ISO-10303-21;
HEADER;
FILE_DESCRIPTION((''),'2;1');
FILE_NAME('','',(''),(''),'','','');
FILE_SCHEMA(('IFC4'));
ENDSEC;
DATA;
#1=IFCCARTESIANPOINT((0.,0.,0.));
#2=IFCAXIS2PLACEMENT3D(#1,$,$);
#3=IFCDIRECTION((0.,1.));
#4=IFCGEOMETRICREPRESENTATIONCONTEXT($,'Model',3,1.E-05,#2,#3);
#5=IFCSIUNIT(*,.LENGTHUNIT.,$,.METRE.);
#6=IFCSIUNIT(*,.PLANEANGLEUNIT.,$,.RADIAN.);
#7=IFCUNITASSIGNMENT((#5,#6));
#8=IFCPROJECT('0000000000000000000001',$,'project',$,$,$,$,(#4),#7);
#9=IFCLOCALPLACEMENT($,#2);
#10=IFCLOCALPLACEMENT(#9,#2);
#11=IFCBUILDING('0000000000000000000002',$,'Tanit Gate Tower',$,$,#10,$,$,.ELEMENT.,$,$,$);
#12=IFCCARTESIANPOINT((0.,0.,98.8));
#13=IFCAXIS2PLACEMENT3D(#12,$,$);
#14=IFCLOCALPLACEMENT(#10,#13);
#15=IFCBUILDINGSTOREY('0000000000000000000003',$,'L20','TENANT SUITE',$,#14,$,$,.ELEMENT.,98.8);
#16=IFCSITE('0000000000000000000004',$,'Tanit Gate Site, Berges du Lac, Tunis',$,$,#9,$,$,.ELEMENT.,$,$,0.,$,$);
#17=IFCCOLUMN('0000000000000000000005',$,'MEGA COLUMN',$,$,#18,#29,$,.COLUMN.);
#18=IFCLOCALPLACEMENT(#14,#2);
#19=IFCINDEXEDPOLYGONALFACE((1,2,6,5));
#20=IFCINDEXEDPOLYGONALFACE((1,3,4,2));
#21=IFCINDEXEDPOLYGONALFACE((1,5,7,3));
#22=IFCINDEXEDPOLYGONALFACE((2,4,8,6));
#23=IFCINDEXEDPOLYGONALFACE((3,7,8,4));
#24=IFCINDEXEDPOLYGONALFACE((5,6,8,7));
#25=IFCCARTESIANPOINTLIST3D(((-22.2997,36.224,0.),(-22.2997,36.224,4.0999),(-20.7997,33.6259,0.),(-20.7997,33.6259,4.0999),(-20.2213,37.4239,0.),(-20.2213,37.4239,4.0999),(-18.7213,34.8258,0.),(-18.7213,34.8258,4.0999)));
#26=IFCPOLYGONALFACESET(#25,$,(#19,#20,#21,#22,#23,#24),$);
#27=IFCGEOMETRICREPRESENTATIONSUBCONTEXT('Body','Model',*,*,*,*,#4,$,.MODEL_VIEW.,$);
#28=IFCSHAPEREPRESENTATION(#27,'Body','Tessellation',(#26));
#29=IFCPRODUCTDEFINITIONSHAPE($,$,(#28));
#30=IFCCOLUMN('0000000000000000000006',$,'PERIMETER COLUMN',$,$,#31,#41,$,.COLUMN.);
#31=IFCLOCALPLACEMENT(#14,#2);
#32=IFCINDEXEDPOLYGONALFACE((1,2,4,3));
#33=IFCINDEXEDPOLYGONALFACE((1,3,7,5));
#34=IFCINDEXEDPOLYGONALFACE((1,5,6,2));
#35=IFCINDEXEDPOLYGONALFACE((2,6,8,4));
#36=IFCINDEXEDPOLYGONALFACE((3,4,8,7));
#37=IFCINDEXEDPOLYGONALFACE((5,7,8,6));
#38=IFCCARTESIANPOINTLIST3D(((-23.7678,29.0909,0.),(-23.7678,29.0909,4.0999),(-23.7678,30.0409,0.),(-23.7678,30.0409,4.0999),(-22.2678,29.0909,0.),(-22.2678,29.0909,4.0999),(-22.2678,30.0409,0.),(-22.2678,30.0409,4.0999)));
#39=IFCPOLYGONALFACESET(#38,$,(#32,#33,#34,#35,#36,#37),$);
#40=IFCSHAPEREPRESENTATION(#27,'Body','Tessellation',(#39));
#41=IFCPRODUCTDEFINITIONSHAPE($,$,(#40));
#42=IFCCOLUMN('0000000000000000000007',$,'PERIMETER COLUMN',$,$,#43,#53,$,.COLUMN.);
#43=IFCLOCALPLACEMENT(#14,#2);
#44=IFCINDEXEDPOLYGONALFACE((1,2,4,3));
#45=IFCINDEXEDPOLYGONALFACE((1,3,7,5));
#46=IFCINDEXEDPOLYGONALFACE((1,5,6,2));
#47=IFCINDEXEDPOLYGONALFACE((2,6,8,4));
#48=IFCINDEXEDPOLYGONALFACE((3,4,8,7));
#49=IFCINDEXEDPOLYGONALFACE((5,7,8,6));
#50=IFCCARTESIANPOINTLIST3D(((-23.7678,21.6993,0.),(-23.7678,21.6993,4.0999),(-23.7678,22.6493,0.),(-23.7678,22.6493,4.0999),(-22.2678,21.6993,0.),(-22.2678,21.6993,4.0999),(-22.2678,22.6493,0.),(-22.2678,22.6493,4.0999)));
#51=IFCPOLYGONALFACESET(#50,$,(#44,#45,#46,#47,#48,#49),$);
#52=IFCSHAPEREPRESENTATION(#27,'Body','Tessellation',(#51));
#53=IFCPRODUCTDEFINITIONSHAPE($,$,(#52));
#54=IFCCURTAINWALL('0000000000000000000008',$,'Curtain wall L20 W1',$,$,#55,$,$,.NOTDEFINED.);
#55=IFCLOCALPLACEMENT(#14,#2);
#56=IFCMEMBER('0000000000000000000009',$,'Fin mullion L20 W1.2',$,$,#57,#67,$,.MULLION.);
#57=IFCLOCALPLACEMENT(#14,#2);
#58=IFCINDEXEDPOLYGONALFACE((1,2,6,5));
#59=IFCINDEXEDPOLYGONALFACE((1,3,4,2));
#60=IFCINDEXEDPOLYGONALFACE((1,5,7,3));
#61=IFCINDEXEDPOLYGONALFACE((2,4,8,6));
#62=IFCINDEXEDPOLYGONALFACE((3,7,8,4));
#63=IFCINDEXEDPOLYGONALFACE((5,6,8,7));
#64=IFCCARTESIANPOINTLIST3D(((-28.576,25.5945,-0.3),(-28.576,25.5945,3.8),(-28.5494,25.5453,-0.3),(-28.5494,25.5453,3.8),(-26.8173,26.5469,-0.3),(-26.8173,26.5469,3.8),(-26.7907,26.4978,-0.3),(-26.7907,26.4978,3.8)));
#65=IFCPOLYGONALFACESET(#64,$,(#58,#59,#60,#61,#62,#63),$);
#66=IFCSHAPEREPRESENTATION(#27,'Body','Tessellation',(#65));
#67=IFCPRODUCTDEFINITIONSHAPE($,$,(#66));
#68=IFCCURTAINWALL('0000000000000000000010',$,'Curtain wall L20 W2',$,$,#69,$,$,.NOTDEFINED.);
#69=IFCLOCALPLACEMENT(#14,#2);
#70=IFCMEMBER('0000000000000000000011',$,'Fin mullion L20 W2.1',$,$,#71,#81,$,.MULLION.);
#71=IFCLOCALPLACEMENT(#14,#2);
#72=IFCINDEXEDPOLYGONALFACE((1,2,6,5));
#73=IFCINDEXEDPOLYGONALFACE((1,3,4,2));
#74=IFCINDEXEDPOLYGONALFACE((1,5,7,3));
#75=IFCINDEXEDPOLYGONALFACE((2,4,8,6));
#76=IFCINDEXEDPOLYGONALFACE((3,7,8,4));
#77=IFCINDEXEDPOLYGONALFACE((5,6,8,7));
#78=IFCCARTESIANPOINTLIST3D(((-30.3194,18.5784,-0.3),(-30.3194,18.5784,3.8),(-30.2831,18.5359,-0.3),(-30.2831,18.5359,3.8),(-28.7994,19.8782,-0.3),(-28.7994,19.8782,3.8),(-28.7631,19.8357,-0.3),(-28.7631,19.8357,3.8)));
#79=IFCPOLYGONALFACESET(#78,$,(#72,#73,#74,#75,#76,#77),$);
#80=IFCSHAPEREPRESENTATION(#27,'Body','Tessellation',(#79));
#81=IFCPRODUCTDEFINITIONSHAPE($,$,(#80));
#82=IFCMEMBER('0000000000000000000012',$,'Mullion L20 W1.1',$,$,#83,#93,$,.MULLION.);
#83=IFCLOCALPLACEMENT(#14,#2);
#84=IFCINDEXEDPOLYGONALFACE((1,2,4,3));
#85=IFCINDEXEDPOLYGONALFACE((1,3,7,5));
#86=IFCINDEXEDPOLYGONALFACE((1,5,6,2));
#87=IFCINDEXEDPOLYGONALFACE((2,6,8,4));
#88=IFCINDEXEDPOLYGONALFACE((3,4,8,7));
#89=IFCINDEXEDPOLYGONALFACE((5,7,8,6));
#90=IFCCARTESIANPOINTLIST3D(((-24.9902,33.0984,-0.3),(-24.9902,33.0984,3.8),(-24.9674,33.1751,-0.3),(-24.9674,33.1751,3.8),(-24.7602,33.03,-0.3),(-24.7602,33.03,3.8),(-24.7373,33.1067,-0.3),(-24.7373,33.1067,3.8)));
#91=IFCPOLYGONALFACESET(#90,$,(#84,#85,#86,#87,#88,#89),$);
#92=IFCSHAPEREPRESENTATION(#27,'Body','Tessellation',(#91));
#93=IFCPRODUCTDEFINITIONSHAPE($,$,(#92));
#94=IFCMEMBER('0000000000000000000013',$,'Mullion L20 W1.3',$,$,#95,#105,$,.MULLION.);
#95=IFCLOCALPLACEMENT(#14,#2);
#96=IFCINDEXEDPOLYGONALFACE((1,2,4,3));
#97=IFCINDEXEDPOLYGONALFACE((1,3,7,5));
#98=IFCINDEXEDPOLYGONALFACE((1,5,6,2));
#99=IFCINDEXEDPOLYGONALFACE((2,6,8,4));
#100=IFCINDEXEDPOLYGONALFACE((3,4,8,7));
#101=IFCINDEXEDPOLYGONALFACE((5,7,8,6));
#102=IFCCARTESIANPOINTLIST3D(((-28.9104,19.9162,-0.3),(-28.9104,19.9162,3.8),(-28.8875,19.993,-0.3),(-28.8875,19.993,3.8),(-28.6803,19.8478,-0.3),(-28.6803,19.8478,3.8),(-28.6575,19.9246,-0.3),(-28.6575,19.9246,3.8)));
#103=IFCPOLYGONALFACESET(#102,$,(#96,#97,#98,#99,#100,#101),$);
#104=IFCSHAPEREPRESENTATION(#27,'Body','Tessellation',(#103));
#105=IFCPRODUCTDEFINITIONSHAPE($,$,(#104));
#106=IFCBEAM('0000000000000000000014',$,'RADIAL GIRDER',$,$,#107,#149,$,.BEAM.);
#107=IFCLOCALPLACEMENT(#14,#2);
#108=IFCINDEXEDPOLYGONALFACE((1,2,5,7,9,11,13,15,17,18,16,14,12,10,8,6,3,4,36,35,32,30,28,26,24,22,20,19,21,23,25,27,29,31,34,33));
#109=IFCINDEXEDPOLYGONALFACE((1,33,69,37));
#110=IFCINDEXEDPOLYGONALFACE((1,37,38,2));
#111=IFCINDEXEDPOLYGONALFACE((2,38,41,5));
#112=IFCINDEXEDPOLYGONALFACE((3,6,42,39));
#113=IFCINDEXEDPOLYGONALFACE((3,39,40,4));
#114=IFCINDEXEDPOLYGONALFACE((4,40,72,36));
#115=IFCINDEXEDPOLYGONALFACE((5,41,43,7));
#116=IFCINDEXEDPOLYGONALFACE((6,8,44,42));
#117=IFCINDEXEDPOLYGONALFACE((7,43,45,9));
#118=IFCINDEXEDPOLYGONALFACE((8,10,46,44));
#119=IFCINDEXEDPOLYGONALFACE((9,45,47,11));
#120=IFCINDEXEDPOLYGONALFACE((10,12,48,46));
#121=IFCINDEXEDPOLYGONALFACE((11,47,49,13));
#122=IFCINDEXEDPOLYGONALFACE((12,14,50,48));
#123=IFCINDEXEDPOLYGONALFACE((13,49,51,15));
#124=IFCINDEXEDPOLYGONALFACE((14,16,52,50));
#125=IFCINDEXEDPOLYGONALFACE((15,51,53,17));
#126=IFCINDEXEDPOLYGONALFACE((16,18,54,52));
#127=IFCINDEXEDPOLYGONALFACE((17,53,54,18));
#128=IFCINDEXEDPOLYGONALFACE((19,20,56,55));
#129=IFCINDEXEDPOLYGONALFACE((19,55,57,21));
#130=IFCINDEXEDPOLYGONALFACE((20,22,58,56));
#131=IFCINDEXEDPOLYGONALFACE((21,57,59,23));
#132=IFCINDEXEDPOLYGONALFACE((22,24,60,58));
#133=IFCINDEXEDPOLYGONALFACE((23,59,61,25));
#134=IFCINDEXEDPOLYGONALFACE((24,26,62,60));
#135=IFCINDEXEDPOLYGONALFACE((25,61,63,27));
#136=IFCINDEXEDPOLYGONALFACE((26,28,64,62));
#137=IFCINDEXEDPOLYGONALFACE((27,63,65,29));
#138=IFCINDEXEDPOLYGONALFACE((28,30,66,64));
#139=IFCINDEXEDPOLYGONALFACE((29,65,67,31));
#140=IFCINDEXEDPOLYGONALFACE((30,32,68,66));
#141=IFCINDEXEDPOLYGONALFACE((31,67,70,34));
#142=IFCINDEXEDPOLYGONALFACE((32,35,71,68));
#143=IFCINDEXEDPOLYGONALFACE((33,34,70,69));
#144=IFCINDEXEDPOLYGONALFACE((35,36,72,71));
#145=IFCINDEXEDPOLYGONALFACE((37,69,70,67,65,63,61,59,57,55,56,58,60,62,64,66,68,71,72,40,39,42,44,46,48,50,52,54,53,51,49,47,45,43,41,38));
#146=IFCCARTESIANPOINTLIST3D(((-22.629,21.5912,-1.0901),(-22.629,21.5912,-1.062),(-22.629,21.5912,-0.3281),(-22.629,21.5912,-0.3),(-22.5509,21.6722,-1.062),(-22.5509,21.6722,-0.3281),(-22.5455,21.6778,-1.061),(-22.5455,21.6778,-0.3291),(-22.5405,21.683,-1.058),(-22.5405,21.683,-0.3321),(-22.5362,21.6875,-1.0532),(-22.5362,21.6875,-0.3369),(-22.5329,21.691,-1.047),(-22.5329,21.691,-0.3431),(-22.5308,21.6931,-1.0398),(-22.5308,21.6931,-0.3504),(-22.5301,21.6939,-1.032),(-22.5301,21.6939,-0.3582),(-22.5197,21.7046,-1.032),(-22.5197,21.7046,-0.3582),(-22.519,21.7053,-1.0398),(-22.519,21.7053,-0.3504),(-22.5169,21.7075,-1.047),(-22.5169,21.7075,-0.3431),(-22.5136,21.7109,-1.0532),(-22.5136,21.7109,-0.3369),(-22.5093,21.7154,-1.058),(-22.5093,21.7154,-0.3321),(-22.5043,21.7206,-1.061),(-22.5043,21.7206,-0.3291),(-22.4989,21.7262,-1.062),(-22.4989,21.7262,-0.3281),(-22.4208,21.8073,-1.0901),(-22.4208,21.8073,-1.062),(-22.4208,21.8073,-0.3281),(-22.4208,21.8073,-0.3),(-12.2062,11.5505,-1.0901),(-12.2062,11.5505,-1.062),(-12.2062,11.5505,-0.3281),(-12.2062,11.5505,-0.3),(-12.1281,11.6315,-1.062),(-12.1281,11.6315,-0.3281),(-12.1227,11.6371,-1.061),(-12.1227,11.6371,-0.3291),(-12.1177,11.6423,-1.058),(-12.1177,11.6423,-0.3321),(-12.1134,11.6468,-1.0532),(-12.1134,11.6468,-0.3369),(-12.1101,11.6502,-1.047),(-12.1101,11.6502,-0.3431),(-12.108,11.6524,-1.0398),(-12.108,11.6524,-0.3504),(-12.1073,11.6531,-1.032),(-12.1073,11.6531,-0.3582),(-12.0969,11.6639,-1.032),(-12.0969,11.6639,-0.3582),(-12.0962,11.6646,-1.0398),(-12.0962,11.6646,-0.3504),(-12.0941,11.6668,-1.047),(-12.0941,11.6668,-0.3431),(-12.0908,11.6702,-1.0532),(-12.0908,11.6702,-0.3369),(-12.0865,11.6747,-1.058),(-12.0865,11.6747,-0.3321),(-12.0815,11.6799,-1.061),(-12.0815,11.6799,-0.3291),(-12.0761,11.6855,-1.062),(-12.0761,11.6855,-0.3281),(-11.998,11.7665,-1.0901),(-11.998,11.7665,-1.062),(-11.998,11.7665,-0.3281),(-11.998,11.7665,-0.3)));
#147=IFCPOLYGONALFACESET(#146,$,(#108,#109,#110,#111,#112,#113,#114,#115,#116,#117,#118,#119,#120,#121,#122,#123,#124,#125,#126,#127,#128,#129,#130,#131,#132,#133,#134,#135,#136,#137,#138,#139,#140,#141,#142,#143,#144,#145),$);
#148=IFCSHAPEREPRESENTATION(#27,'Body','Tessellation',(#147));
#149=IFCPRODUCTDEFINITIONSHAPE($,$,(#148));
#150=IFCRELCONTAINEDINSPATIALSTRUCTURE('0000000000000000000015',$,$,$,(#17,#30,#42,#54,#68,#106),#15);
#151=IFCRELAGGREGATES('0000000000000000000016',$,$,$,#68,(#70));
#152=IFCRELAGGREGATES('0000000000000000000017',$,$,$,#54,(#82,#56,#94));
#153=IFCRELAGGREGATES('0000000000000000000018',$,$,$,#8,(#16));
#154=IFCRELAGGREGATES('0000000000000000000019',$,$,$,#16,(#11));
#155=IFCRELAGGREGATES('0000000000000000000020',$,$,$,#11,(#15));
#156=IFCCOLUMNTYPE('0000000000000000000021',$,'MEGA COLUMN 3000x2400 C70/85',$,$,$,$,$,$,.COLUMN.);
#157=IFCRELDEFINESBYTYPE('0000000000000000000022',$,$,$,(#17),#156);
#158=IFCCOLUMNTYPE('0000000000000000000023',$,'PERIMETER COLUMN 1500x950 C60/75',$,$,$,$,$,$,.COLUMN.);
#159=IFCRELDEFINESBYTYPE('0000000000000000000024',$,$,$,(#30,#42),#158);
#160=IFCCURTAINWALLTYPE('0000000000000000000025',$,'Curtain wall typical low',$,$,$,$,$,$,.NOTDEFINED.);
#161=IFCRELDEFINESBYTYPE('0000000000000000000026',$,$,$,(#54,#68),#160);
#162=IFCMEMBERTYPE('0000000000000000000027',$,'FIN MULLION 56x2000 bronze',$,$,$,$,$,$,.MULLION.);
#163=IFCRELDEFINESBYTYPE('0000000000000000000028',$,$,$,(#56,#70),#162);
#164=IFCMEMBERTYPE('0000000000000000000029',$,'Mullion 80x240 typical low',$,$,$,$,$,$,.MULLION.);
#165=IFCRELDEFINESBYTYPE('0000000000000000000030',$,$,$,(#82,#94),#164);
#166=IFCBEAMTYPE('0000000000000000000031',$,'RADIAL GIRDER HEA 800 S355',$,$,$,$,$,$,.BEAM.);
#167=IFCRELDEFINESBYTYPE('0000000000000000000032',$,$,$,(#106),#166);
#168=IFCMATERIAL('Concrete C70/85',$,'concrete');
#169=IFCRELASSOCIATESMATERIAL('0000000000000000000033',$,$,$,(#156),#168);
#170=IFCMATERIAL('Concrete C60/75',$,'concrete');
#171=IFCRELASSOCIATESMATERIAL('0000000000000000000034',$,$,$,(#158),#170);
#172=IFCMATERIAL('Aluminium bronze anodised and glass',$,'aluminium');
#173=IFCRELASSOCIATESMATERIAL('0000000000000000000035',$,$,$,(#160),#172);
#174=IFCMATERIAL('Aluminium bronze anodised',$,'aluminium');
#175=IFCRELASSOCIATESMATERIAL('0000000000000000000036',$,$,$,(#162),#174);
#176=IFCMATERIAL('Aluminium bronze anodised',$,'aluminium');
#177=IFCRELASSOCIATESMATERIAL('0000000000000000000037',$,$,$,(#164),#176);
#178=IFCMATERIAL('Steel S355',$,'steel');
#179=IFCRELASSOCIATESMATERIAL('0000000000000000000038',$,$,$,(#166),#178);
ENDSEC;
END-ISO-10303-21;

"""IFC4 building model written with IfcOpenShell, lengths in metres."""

from ifc_helpers import new_model, si_unit, direction, frame, origin, origin_2d, place, context, subcontext, project, spatial, rectangle, i_section, extrude, material, material_profile, profile_set, type_object, element, aggregate, save


model = new_model("IFC4")

# Units and contexts
model_context = context("Model", 3, precision=1e-05, world=origin(), true_north=direction((0.0, 1.0)))
body_context = subcontext(model_context, "Body", "Model", "MODEL_VIEW")
ifc_project = project(units=[si_unit("LENGTHUNIT", "METRE"), si_unit("PLANEANGLEUNIT", "RADIAN")], contexts=[model_context])

# Site, building, storey
site_placement = place(None, origin())
site = spatial("IfcSite", under=ifc_project, at=site_placement, Name="Tanit Gate Site, Berges du Lac, Tunis", CompositionType="ELEMENT", RefElevation=0.0)
building_placement = place(site_placement, origin())
building = spatial("IfcBuilding", under=site, at=building_placement, Name="Tanit Gate Tower", CompositionType="ELEMENT")
storey_placement = place(building_placement, frame((0.0, 0.0, 98.8)))
storey = spatial("IfcBuildingStorey", under=building, at=storey_placement, Name="L20", Description="TENANT SUITE", CompositionType="ELEMENT", Elevation=98.8)

# Columns
ifc_material_1 = material(Name="Concrete C70/85", Category="concrete")
ifc_material_profile_1 = material_profile(ifc_material_1, rectangle(XDim=3.0, YDim=2.3999, at=origin_2d()), Name="RC 3000x2400")
ifc_profile_set_1 = profile_set([ifc_material_profile_1], Name="Concrete C70/85")
column_type_1 = type_object("IfcColumnType", Name="MEGA COLUMN 3000x2400 C70/85", PredefinedType="COLUMN", material=ifc_profile_set_1)
column_placement = place(storey_placement, frame((-20.5105, 35.5249, 0.0), z_axis=(0.0, 0.0, 1.0), x_axis=(-0.5, 0.866025, 0.0)))
element("IfcColumn", 1, at=column_placement, inside=storey, type_object=column_type_1, Name="MEGA COLUMN", PredefinedType="COLUMN", context=body_context, shape_type="SweptSolid", body=[
    extrude(rectangle(XDim=3.0, YDim=2.3999, at=origin_2d()), origin(), (0.0, 0.0, 1.0), 4.0999),
])
ifc_material_2 = material(Name="Concrete C60/75", Category="concrete")
ifc_material_profile_2 = material_profile(ifc_material_2, rectangle(XDim=1.5, YDim=0.95, at=origin_2d()), Name="RC 1500x950")
ifc_profile_set_2 = profile_set([ifc_material_profile_2], Name="Concrete C60/75")
column_type_2 = type_object("IfcColumnType", Name="PERIMETER COLUMN 1500x950 C60/75", PredefinedType="COLUMN", material=ifc_profile_set_2)
for number, where, z_axis, x_axis, name in (
    (2, (-23.0178, 29.5659, 0.0), (0.0, 0.0, 1.0), (-1.0, 0.0, 0.0), "PERIMETER COLUMN"),
    (3, (-23.0178, 22.1743, 0.0), (0.0, 0.0, 1.0), (-1.0, 0.0, 0.0), "PERIMETER COLUMN"),
):
    element("IfcColumn", number, at=place(storey_placement, frame(where, z_axis=z_axis, x_axis=x_axis)), inside=storey, type_object=column_type_2, Name=name, PredefinedType="COLUMN", context=body_context, shape_type="SweptSolid", body=[
        extrude(rectangle(XDim=1.5, YDim=0.95, at=origin_2d()), origin(), (0.0, 0.0, 1.0), 4.0999),
    ])

# Curtain walls, members
ifc_material_3 = material(Name="Aluminium bronze anodised and glass", Category="aluminium")
curtain_wall_type = type_object("IfcCurtainWallType", Name="Curtain wall typical low", PredefinedType="NOTDEFINED", material=ifc_material_3)
curtain_wall_1_placement = place(storey_placement, origin())
curtain_wall_1 = element("IfcCurtainWall", 4, at=curtain_wall_1_placement, inside=storey, type_object=curtain_wall_type, Name="Curtain wall L20 W1", PredefinedType="NOTDEFINED")
ifc_material_4 = material(Name="Aluminium bronze anodised", Category="aluminium")
ifc_material_profile_3 = material_profile(ifc_material_4, rectangle(XDim=2.0, YDim=0.0559, at=origin_2d()), Name="56x2000 bronze fin mullion")
ifc_profile_set_3 = profile_set([ifc_material_profile_3], Name="Aluminium bronze anodised")
member_type_1 = type_object("IfcMemberType", Name="FIN MULLION 56x2000 bronze", PredefinedType="MULLION", material=ifc_profile_set_3)
member_1_placement = place(storey_placement, frame((-27.6833, 26.0461, -0.3), z_axis=(0.0, 0.0, 1.0), x_axis=(0.879325, 0.476222, 0.0)))
member_1 = element("IfcMember", 5, at=member_1_placement, type_object=member_type_1, Name="Fin mullion L20 W1.2", PredefinedType="MULLION", context=body_context, shape_type="SweptSolid", body=[
    extrude(rectangle(XDim=2.0, YDim=0.0559, at=origin_2d()), origin(), (0.0, 0.0, 1.0), 4.1001),
])
curtain_wall_2_placement = place(storey_placement, origin())
curtain_wall_2 = element("IfcCurtainWall", 6, at=curtain_wall_2_placement, inside=storey, type_object=curtain_wall_type, Name="Curtain wall L20 W2", PredefinedType="NOTDEFINED")
member_2_placement = place(storey_placement, frame((-29.5413, 19.207, -0.3), z_axis=(0.0, 0.0, 1.0), x_axis=(0.760002, 0.649921, 0.0)))
member_2 = element("IfcMember", 7, at=member_2_placement, type_object=member_type_1, Name="Fin mullion L20 W2.1", PredefinedType="MULLION", context=body_context, shape_type="SweptSolid", body=[
    extrude(rectangle(XDim=2.0, YDim=0.0559, at=origin_2d()), origin(), (0.0, 0.0, 1.0), 4.1001),
])

# Members
ifc_material_5 = material(Name="Aluminium bronze anodised", Category="aluminium")
ifc_material_profile_4 = material_profile(ifc_material_5, rectangle(XDim=0.24, YDim=0.0801, at=origin_2d()), Name="80x240 bronze mullion")
ifc_profile_set_4 = profile_set([ifc_material_profile_4], Name="Aluminium bronze anodised")
member_type_2 = type_object("IfcMemberType", Name="Mullion 80x240 typical low", PredefinedType="MULLION", material=ifc_profile_set_4)
member_3_placement = place(storey_placement, frame((-24.8638, 33.1025, -0.3), z_axis=(0.0, 0.0, 1.0), x_axis=(0.958517, -0.285037, 0.0)))
member_3 = element("IfcMember", 8, at=member_3_placement, type_object=member_type_2, Name="Mullion L20 W1.1", PredefinedType="MULLION", context=body_context, shape_type="SweptSolid", body=[
    extrude(rectangle(XDim=0.24, YDim=0.0801, at=origin_2d()), origin(), (0.0, 0.0, 1.0), 4.1001),
])
member_4_placement = place(storey_placement, frame((-28.7839, 19.9204, -0.3), z_axis=(0.0, 0.0, 1.0), x_axis=(0.958517, -0.285037, 0.0)))
member_4 = element("IfcMember", 9, at=member_4_placement, type_object=member_type_2, Name="Mullion L20 W1.3", PredefinedType="MULLION", context=body_context, shape_type="SweptSolid", body=[
    extrude(rectangle(XDim=0.24, YDim=0.0801, at=origin_2d()), origin(), (0.0, 0.0, 1.0), 4.1001),
])

# Beam
ifc_material_6 = material(Name="Steel S355", Category="steel")
ifc_material_profile_5 = material_profile(ifc_material_6, i_section(OverallWidth=0.3, OverallDepth=0.79, WebThickness=0.0149, FlangeThickness=0.0281, FilletRadius=0.03, at=origin_2d()), Name="HEA 800")
ifc_profile_set_5 = profile_set([ifc_material_profile_5], Name="Steel S355")
beam_type_1 = type_object("IfcBeamType", Name="RADIAL GIRDER HEA 800 S355", PredefinedType="BEAM", material=ifc_profile_set_5)
beam_1_placement = place(storey_placement, frame((-22.5249, 21.6992, -0.6951), z_axis=(0.720184, -0.693783, 0.0), x_axis=(0.693783, 0.720184, 0.0)))
element("IfcBeam", 10, at=beam_1_placement, inside=storey, type_object=beam_type_1, Name="RADIAL GIRDER", PredefinedType="BEAM", context=body_context, shape_type="SweptSolid", body=[
    extrude(i_section(OverallWidth=0.3, OverallDepth=0.79, WebThickness=0.0149, FlangeThickness=0.0281, FilletRadius=0.03, at=origin_2d()), origin(), (0.0, 0.0, 1.0), 14.4724),
])

aggregate(curtain_wall_2, [member_2])

aggregate(curtain_wall_1, [member_3, member_1, member_4])

save(model, "model.ifc")
